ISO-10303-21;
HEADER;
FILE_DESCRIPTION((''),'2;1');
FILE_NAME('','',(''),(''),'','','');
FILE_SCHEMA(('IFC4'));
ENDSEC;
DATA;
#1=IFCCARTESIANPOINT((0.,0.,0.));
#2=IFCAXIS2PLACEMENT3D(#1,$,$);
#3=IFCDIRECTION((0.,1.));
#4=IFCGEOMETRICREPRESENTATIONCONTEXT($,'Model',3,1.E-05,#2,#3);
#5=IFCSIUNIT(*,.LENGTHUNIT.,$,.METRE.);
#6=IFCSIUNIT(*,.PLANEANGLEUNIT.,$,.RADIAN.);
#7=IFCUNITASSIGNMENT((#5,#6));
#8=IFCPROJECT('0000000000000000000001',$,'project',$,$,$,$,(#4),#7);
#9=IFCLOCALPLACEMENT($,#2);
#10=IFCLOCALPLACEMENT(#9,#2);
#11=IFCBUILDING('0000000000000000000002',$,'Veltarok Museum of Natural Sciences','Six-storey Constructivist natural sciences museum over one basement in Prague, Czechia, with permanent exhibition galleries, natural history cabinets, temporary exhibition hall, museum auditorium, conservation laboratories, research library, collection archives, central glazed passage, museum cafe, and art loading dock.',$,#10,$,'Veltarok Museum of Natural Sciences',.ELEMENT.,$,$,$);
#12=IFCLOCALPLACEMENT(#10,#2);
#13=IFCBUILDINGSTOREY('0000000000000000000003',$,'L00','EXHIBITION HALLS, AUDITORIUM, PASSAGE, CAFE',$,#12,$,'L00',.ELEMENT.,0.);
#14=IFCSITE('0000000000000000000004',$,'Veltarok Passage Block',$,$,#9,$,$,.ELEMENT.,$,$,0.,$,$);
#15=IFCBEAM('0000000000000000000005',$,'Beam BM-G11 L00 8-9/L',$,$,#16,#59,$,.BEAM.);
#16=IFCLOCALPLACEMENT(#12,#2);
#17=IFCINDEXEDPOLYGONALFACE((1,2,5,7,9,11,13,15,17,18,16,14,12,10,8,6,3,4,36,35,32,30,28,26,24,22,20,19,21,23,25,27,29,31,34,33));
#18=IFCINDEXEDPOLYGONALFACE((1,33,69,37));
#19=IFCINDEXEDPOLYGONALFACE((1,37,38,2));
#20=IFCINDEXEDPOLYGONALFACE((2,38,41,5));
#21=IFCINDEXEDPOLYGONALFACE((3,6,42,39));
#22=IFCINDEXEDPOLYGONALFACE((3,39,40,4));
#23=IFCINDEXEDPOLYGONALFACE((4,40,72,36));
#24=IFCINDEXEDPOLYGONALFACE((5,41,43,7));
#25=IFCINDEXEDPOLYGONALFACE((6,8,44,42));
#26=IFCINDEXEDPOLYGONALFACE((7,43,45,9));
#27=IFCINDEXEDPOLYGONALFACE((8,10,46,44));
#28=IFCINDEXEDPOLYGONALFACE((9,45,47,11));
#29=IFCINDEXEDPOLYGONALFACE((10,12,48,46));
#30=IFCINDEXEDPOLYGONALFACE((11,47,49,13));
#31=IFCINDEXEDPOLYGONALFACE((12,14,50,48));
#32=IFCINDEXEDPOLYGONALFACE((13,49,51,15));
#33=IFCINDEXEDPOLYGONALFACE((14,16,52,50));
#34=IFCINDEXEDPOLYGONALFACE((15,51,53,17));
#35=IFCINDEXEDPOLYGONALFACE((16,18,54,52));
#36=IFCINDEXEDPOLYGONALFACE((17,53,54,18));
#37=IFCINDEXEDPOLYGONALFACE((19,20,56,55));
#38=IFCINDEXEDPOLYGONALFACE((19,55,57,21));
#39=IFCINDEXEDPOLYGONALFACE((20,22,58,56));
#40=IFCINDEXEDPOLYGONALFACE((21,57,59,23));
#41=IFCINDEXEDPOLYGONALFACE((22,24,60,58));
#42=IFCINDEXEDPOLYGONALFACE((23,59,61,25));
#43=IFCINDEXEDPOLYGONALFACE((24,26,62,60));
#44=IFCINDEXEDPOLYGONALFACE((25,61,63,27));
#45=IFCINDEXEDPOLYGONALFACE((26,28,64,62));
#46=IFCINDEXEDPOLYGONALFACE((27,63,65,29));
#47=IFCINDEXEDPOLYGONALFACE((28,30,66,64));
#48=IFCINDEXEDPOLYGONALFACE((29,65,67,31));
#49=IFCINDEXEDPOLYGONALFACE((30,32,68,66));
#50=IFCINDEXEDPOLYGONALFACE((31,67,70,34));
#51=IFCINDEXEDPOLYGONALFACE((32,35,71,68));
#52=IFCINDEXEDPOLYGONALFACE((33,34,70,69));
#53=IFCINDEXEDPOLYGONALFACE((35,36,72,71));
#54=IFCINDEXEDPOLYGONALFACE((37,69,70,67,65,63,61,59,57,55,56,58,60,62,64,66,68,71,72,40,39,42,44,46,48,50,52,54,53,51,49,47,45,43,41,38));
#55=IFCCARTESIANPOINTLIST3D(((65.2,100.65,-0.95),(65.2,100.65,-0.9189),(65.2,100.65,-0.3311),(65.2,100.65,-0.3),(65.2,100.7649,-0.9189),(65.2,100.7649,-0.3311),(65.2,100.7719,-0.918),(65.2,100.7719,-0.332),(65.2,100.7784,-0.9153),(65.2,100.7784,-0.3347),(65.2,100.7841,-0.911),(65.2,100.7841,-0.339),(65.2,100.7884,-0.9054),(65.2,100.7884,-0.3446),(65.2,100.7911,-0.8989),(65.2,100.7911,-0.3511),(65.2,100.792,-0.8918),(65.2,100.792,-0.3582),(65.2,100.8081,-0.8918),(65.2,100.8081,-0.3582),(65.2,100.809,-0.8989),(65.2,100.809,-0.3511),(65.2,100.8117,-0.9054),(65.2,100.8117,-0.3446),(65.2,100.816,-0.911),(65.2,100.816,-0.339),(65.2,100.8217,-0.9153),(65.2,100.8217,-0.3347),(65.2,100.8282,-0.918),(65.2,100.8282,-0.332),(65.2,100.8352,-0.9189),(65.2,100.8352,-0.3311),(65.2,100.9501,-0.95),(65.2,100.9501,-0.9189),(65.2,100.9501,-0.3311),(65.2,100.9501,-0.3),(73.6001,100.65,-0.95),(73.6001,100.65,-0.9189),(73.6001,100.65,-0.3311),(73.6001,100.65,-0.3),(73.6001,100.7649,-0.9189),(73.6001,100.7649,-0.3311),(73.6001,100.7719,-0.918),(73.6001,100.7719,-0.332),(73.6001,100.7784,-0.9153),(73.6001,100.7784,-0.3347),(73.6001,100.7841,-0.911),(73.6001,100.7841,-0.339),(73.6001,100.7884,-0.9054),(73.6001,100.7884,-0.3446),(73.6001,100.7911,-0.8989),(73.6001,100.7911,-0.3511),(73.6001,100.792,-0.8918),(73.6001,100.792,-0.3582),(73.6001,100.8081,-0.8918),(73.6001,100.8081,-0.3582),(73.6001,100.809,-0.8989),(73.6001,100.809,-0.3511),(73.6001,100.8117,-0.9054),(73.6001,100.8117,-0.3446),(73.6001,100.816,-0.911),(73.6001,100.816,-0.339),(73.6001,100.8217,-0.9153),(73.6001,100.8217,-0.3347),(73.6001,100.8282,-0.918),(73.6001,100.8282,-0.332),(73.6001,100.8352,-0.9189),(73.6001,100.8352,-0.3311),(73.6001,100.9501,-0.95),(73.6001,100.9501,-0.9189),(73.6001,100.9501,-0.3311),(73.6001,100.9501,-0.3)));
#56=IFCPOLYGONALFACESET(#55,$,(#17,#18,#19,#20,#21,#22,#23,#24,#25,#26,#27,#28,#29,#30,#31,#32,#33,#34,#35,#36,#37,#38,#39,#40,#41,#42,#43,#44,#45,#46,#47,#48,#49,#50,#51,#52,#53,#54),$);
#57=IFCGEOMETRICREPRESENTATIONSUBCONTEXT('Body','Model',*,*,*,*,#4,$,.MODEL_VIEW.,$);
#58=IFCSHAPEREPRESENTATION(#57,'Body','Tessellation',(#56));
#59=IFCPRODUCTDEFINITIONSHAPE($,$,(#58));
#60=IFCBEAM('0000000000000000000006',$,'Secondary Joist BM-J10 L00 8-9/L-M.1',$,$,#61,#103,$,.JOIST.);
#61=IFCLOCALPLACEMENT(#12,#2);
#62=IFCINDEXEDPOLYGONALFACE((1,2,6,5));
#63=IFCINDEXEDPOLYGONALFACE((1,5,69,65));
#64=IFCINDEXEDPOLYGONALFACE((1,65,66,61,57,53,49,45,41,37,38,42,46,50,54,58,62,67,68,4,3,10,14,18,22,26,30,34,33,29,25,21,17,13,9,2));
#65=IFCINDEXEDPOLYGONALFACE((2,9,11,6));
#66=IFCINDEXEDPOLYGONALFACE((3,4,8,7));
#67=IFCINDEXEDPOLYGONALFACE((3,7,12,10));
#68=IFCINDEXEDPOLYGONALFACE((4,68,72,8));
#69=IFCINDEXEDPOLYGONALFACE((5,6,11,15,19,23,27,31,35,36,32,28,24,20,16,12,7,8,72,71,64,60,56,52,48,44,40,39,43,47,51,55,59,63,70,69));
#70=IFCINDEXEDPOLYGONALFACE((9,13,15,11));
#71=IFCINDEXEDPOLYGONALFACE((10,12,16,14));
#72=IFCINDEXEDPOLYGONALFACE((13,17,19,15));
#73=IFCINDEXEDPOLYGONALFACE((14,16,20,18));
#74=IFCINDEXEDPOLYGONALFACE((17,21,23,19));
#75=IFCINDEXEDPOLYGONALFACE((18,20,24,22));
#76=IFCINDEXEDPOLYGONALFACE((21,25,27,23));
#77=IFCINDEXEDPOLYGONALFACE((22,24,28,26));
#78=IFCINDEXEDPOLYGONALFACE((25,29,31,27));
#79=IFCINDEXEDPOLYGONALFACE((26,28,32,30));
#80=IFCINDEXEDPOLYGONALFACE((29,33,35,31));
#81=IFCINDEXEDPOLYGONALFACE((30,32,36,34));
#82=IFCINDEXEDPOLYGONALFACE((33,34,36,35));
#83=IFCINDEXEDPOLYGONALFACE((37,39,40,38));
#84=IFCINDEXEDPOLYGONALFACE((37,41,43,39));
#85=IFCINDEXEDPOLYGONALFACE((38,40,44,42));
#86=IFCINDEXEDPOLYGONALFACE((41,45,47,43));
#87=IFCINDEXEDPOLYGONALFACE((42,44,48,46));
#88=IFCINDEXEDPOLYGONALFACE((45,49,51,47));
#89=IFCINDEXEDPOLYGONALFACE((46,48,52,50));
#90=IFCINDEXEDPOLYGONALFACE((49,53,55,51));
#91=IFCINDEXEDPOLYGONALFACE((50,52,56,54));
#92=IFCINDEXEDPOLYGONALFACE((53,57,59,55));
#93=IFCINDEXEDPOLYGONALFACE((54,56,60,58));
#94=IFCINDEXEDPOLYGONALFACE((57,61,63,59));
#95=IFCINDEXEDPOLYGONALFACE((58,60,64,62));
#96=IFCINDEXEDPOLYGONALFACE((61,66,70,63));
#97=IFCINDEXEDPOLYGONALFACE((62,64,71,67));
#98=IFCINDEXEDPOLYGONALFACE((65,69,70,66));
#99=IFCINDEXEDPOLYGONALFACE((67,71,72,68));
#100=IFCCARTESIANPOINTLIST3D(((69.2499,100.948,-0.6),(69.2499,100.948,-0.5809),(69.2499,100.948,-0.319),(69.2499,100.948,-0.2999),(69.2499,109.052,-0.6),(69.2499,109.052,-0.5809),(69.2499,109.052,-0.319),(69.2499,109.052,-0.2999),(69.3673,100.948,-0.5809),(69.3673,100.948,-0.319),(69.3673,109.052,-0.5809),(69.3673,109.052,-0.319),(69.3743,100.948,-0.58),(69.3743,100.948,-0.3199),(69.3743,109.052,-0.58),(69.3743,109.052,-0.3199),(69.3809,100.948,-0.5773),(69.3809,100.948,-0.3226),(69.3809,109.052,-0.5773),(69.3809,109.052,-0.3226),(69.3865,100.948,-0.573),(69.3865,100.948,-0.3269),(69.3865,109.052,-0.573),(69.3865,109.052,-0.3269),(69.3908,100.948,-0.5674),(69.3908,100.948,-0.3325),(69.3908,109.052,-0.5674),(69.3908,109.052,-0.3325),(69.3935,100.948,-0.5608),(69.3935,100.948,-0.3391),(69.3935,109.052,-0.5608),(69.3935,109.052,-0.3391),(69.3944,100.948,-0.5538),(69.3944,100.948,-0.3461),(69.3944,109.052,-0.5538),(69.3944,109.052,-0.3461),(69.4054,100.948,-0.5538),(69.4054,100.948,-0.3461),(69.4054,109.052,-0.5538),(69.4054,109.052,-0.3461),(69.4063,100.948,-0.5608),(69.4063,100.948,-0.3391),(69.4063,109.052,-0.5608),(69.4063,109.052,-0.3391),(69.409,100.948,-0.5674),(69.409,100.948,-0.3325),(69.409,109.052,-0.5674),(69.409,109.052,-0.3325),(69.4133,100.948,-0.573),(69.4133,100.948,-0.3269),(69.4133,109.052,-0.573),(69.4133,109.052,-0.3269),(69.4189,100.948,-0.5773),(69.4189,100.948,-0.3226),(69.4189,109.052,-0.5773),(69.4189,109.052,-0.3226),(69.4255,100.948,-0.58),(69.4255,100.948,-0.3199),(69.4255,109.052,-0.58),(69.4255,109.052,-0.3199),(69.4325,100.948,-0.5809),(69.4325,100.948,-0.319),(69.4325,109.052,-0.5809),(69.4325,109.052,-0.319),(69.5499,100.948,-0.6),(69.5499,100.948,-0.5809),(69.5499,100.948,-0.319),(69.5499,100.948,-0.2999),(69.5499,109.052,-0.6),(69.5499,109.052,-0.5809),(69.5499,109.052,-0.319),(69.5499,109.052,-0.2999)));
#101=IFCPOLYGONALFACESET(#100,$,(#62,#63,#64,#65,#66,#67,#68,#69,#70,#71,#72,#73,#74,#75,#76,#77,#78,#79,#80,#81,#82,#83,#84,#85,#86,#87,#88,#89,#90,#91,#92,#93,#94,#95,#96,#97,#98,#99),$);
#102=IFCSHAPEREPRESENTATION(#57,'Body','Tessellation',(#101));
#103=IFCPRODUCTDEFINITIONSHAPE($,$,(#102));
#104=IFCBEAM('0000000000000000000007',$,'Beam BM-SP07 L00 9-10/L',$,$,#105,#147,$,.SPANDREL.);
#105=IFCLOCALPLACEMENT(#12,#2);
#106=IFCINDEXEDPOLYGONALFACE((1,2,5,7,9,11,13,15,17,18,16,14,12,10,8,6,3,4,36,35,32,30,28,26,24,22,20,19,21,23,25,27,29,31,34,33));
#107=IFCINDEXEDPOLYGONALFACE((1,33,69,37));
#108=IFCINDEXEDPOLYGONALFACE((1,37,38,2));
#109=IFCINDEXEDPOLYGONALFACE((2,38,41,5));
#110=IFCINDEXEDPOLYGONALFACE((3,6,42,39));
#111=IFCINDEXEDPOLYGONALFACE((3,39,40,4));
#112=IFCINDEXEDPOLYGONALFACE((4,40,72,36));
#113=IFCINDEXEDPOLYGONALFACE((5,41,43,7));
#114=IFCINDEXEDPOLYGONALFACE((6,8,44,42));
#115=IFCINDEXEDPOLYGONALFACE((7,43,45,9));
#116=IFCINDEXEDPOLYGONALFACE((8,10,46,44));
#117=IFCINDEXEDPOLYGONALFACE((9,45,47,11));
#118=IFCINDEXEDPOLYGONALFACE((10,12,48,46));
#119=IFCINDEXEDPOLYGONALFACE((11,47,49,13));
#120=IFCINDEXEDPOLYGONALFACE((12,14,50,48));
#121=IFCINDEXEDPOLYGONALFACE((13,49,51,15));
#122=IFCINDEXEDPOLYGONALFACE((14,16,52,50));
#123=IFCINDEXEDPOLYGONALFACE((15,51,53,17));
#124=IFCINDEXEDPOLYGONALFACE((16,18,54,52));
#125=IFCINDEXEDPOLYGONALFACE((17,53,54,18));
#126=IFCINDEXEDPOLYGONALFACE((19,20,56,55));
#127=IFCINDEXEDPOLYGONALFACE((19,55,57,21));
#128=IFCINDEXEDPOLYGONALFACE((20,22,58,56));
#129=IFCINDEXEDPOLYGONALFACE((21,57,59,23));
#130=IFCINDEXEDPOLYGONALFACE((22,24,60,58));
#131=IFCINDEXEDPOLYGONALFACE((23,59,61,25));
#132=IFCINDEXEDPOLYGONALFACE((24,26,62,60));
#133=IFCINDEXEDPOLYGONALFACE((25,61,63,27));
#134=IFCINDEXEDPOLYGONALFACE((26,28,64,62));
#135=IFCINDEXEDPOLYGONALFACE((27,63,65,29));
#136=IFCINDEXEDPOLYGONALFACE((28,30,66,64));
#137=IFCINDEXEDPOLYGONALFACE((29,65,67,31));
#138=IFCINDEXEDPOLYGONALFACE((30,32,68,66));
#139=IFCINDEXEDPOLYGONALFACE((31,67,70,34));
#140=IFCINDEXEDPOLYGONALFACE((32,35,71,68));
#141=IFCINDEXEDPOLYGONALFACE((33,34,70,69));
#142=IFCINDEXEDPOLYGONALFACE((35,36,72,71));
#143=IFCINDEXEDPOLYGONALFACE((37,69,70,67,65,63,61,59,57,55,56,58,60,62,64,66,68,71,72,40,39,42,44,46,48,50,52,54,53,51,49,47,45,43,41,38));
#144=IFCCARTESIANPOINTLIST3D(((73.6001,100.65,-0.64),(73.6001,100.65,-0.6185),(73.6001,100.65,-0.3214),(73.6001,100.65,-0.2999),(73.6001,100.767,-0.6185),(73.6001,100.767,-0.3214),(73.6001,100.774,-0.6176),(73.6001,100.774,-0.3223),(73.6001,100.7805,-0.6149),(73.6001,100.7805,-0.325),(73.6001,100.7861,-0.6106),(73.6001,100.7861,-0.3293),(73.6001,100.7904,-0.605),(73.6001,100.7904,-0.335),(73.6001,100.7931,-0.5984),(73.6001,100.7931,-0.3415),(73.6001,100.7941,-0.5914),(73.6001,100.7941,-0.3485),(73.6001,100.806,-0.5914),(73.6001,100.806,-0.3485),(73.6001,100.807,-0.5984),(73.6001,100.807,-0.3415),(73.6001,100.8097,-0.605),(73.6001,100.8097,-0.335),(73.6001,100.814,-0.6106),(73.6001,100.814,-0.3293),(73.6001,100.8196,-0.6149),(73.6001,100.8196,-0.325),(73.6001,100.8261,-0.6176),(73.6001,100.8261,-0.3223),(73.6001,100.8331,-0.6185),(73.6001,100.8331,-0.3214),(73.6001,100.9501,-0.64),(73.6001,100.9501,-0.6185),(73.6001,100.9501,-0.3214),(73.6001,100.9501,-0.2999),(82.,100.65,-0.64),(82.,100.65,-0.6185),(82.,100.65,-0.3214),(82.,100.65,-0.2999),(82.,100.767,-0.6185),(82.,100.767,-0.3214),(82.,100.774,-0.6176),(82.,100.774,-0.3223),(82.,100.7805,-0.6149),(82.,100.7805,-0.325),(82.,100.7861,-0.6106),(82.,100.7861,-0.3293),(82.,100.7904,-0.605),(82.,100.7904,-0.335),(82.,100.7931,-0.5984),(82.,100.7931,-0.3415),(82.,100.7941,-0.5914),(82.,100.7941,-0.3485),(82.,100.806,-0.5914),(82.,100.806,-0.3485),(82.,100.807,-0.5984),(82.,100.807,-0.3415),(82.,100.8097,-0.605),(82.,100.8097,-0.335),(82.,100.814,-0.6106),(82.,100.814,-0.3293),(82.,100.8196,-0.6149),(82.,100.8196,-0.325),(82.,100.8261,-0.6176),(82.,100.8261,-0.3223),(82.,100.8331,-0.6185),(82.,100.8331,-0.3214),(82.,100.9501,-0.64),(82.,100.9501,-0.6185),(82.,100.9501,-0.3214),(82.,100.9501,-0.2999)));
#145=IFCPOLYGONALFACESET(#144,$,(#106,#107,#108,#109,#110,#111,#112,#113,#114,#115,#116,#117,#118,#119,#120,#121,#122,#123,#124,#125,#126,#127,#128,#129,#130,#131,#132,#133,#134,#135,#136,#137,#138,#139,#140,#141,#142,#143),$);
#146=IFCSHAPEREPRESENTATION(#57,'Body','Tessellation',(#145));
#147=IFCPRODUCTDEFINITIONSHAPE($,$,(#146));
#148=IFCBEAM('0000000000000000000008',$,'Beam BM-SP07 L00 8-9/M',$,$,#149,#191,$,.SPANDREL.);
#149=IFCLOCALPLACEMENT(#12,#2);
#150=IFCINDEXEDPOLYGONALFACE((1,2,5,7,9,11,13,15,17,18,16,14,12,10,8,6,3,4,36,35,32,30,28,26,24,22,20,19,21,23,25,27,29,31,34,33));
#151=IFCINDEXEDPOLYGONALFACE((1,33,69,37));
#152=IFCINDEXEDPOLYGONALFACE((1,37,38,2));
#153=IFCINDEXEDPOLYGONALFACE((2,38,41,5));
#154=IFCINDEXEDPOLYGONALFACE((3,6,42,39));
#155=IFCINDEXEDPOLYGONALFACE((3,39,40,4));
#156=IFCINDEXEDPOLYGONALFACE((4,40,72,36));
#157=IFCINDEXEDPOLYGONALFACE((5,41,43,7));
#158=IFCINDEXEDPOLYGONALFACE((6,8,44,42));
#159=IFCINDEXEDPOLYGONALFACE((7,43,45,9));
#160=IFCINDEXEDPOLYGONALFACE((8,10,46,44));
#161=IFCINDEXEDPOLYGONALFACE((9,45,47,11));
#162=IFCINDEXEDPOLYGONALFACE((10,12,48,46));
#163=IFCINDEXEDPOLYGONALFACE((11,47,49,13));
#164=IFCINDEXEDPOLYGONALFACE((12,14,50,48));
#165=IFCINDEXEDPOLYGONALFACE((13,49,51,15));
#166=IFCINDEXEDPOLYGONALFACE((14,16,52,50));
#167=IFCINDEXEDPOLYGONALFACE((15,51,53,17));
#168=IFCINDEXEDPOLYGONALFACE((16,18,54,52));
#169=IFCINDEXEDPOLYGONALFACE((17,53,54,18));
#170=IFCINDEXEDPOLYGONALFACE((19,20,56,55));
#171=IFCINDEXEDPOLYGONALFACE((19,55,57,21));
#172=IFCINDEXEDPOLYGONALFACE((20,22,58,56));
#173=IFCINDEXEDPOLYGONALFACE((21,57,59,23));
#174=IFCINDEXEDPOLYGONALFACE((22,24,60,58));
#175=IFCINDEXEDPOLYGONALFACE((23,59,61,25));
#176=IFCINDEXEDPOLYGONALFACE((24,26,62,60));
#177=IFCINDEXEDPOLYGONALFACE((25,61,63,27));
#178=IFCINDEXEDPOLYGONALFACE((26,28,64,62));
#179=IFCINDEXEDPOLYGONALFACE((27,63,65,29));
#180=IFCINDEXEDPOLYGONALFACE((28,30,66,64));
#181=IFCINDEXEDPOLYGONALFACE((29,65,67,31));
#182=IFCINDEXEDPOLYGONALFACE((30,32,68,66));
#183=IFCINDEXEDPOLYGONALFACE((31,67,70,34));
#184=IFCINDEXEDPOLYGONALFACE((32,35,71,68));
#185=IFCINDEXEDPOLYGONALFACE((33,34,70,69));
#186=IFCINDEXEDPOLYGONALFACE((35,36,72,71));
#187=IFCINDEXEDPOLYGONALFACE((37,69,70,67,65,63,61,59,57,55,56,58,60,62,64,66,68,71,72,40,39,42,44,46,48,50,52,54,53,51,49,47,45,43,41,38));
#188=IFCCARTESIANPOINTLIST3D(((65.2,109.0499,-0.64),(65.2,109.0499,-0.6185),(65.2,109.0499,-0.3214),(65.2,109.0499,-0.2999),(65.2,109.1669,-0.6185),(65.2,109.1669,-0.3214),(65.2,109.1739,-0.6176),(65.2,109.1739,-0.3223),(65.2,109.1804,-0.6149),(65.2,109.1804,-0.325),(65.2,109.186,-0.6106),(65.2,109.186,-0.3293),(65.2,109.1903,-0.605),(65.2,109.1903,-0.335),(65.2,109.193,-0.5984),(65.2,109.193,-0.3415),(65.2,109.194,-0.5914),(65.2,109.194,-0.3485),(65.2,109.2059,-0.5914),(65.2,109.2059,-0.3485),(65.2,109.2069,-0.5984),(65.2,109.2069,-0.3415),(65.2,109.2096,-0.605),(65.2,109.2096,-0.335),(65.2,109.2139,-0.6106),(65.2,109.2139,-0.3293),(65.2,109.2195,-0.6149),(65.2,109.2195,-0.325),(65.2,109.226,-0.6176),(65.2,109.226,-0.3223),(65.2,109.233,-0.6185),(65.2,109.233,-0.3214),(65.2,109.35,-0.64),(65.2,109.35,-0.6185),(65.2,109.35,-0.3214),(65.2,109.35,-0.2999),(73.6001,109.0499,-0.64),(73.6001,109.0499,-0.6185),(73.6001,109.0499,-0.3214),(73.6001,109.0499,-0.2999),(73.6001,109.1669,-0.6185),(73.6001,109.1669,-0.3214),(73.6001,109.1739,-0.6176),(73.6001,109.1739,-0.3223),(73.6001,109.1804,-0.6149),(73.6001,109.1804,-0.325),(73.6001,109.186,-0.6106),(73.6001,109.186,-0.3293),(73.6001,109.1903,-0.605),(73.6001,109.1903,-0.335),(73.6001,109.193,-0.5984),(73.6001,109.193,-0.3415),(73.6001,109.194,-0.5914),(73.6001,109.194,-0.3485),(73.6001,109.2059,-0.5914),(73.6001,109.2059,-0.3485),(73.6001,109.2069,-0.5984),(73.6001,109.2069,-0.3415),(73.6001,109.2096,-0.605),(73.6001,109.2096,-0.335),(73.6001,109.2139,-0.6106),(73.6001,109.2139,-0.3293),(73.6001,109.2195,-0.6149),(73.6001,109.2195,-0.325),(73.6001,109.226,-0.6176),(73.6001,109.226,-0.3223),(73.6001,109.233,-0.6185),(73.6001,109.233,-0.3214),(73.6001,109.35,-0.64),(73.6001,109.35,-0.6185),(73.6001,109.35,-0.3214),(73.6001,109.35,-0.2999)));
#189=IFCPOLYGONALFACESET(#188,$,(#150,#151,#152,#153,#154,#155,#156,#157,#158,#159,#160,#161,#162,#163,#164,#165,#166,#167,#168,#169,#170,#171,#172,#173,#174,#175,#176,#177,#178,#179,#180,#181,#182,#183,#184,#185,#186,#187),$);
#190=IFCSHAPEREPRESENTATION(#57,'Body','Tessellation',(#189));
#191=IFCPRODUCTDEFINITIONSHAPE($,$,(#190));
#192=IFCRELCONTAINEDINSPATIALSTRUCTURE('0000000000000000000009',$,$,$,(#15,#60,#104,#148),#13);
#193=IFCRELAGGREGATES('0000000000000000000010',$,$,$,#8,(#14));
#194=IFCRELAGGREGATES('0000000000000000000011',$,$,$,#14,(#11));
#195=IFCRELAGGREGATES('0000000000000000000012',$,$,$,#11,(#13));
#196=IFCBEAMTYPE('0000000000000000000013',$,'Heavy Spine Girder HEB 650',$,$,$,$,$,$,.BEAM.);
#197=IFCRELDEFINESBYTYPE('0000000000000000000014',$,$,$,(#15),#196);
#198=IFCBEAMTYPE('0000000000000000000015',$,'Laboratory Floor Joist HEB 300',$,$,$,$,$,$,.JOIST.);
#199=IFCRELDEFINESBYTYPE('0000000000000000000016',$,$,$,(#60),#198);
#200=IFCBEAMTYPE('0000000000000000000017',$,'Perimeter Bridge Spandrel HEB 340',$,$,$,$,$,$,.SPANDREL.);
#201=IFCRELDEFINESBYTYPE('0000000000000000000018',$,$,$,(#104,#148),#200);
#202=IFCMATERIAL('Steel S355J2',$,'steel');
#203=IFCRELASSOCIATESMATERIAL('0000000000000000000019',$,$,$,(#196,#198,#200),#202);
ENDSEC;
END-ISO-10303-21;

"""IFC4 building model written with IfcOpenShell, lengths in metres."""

from ifc_helpers import new_model, si_unit, direction, frame, origin, origin_2d, place, context, subcontext, project, spatial, i_section, extrude, material, material_profile, profile_set, type_object, element, save


model = new_model("IFC4")

# Units and contexts
model_context = context("Model", 3, precision=1e-05, world=origin(), true_north=direction((0.0, 1.0)))
body_context = subcontext(model_context, "Body", "Model", "MODEL_VIEW")
ifc_project = project(units=[si_unit("LENGTHUNIT", "METRE"), si_unit("PLANEANGLEUNIT", "RADIAN")], contexts=[model_context])

# Site, building, storey
site_placement = place(None, origin())
site = spatial("IfcSite", under=ifc_project, at=site_placement, Name="Veltarok Passage Block", CompositionType="ELEMENT", RefElevation=0.0)
building_placement = place(site_placement, origin())
building = spatial("IfcBuilding", under=site, at=building_placement, Name="Veltarok Museum of Natural Sciences", Description="Six-storey Constructivist natural sciences museum over one basement in Prague, Czechia, with permanent exhibition galleries, natural history cabinets, temporary exhibition hall, museum auditorium, conservation laboratories, research library, collection archives, central glazed passage, museum cafe, and art loading dock.", LongName="Veltarok Museum of Natural Sciences", CompositionType="ELEMENT")
storey_placement = place(building_placement, origin())
storey = spatial("IfcBuildingStorey", under=building, at=storey_placement, Name="L00", Description="EXHIBITION HALLS, AUDITORIUM, PASSAGE, CAFE", LongName="L00", CompositionType="ELEMENT", Elevation=0.0)

# Shared definitions
ifc_material_1 = material(Name="Steel S355J2", Category="steel")

# Beams
ifc_material_profile_1 = material_profile(ifc_material_1, i_section(OverallWidth=0.3, OverallDepth=0.6499, WebThickness=0.0161, FlangeThickness=0.031, FilletRadius=0.0271, at=origin_2d()), Name="HEB 650")
ifc_profile_set_1 = profile_set([ifc_material_profile_1], Name="Steel S355J2")
beam_type_1 = type_object("IfcBeamType", Name="Heavy Spine Girder HEB 650", PredefinedType="BEAM", material=ifc_profile_set_1)
beam_1_placement = place(storey_placement, frame((65.2, 100.8, -0.625), z_axis=(1.0, 0.0, 0.0), x_axis=(0.0, 1.0, 0.0)))
element("IfcBeam", 1, at=beam_1_placement, inside=storey, type_object=beam_type_1, Name="Beam BM-G11 L00 8-9/L", PredefinedType="BEAM", context=body_context, shape_type="SweptSolid", body=[
    extrude(i_section(OverallWidth=0.3, OverallDepth=0.6499, WebThickness=0.0161, FlangeThickness=0.031, FilletRadius=0.0271, at=origin_2d()), origin(), (0.0, 0.0, 1.0), 8.4001),
])
ifc_material_profile_2 = material_profile(ifc_material_1, i_section(OverallWidth=0.3, OverallDepth=0.3, WebThickness=0.011, FlangeThickness=0.019, FilletRadius=0.0271, at=origin_2d()), Name="HEB 300")
ifc_profile_set_2 = profile_set([ifc_material_profile_2], Name="Steel S355J2")
beam_type_2 = type_object("IfcBeamType", Name="Laboratory Floor Joist HEB 300", PredefinedType="JOIST", material=ifc_profile_set_2)
beam_2_placement = place(storey_placement, frame((69.3999, 100.948, -0.45), z_axis=(0.0, 1.0, 0.0), x_axis=(-1.0, 0.0, 0.0)))
element("IfcBeam", 2, at=beam_2_placement, inside=storey, type_object=beam_type_2, Name="Secondary Joist BM-J10 L00 8-9/L-M.1", PredefinedType="JOIST", context=body_context, shape_type="SweptSolid", body=[
    extrude(i_section(OverallWidth=0.3, OverallDepth=0.3, WebThickness=0.011, FlangeThickness=0.019, FilletRadius=0.0271, at=origin_2d()), origin(), (0.0, 0.0, 1.0), 8.104),
])
ifc_material_profile_3 = material_profile(ifc_material_1, i_section(OverallWidth=0.3, OverallDepth=0.3401, WebThickness=0.012, FlangeThickness=0.0215, FilletRadius=0.0271, at=origin_2d()), Name="HEB 340")
ifc_profile_set_3 = profile_set([ifc_material_profile_3], Name="Steel S355J2")
beam_type_3 = type_object("IfcBeamType", Name="Perimeter Bridge Spandrel HEB 340", PredefinedType="SPANDREL", material=ifc_profile_set_3)
beam_3_placement = place(storey_placement, frame((73.6001, 100.8, -0.47), z_axis=(1.0, 0.0, 0.0), x_axis=(0.0, 1.0, 0.0)))
element("IfcBeam", 3, at=beam_3_placement, inside=storey, type_object=beam_type_3, Name="Beam BM-SP07 L00 9-10/L", PredefinedType="SPANDREL", context=body_context, shape_type="SweptSolid", body=[
    extrude(i_section(OverallWidth=0.3, OverallDepth=0.3401, WebThickness=0.012, FlangeThickness=0.0215, FilletRadius=0.0271, at=origin_2d()), origin(), (0.0, 0.0, 1.0), 8.3999),
])
beam_4_placement = place(storey_placement, frame((65.2, 109.2, -0.47), z_axis=(1.0, 0.0, 0.0), x_axis=(0.0, 1.0, 0.0)))
element("IfcBeam", 4, at=beam_4_placement, inside=storey, type_object=beam_type_3, Name="Beam BM-SP07 L00 8-9/M", PredefinedType="SPANDREL", context=body_context, shape_type="SweptSolid", body=[
    extrude(i_section(OverallWidth=0.3, OverallDepth=0.3401, WebThickness=0.012, FlangeThickness=0.0215, FilletRadius=0.0271, at=origin_2d()), origin(), (0.0, 0.0, 1.0), 8.4001),
])

save(model, "model.ifc")
